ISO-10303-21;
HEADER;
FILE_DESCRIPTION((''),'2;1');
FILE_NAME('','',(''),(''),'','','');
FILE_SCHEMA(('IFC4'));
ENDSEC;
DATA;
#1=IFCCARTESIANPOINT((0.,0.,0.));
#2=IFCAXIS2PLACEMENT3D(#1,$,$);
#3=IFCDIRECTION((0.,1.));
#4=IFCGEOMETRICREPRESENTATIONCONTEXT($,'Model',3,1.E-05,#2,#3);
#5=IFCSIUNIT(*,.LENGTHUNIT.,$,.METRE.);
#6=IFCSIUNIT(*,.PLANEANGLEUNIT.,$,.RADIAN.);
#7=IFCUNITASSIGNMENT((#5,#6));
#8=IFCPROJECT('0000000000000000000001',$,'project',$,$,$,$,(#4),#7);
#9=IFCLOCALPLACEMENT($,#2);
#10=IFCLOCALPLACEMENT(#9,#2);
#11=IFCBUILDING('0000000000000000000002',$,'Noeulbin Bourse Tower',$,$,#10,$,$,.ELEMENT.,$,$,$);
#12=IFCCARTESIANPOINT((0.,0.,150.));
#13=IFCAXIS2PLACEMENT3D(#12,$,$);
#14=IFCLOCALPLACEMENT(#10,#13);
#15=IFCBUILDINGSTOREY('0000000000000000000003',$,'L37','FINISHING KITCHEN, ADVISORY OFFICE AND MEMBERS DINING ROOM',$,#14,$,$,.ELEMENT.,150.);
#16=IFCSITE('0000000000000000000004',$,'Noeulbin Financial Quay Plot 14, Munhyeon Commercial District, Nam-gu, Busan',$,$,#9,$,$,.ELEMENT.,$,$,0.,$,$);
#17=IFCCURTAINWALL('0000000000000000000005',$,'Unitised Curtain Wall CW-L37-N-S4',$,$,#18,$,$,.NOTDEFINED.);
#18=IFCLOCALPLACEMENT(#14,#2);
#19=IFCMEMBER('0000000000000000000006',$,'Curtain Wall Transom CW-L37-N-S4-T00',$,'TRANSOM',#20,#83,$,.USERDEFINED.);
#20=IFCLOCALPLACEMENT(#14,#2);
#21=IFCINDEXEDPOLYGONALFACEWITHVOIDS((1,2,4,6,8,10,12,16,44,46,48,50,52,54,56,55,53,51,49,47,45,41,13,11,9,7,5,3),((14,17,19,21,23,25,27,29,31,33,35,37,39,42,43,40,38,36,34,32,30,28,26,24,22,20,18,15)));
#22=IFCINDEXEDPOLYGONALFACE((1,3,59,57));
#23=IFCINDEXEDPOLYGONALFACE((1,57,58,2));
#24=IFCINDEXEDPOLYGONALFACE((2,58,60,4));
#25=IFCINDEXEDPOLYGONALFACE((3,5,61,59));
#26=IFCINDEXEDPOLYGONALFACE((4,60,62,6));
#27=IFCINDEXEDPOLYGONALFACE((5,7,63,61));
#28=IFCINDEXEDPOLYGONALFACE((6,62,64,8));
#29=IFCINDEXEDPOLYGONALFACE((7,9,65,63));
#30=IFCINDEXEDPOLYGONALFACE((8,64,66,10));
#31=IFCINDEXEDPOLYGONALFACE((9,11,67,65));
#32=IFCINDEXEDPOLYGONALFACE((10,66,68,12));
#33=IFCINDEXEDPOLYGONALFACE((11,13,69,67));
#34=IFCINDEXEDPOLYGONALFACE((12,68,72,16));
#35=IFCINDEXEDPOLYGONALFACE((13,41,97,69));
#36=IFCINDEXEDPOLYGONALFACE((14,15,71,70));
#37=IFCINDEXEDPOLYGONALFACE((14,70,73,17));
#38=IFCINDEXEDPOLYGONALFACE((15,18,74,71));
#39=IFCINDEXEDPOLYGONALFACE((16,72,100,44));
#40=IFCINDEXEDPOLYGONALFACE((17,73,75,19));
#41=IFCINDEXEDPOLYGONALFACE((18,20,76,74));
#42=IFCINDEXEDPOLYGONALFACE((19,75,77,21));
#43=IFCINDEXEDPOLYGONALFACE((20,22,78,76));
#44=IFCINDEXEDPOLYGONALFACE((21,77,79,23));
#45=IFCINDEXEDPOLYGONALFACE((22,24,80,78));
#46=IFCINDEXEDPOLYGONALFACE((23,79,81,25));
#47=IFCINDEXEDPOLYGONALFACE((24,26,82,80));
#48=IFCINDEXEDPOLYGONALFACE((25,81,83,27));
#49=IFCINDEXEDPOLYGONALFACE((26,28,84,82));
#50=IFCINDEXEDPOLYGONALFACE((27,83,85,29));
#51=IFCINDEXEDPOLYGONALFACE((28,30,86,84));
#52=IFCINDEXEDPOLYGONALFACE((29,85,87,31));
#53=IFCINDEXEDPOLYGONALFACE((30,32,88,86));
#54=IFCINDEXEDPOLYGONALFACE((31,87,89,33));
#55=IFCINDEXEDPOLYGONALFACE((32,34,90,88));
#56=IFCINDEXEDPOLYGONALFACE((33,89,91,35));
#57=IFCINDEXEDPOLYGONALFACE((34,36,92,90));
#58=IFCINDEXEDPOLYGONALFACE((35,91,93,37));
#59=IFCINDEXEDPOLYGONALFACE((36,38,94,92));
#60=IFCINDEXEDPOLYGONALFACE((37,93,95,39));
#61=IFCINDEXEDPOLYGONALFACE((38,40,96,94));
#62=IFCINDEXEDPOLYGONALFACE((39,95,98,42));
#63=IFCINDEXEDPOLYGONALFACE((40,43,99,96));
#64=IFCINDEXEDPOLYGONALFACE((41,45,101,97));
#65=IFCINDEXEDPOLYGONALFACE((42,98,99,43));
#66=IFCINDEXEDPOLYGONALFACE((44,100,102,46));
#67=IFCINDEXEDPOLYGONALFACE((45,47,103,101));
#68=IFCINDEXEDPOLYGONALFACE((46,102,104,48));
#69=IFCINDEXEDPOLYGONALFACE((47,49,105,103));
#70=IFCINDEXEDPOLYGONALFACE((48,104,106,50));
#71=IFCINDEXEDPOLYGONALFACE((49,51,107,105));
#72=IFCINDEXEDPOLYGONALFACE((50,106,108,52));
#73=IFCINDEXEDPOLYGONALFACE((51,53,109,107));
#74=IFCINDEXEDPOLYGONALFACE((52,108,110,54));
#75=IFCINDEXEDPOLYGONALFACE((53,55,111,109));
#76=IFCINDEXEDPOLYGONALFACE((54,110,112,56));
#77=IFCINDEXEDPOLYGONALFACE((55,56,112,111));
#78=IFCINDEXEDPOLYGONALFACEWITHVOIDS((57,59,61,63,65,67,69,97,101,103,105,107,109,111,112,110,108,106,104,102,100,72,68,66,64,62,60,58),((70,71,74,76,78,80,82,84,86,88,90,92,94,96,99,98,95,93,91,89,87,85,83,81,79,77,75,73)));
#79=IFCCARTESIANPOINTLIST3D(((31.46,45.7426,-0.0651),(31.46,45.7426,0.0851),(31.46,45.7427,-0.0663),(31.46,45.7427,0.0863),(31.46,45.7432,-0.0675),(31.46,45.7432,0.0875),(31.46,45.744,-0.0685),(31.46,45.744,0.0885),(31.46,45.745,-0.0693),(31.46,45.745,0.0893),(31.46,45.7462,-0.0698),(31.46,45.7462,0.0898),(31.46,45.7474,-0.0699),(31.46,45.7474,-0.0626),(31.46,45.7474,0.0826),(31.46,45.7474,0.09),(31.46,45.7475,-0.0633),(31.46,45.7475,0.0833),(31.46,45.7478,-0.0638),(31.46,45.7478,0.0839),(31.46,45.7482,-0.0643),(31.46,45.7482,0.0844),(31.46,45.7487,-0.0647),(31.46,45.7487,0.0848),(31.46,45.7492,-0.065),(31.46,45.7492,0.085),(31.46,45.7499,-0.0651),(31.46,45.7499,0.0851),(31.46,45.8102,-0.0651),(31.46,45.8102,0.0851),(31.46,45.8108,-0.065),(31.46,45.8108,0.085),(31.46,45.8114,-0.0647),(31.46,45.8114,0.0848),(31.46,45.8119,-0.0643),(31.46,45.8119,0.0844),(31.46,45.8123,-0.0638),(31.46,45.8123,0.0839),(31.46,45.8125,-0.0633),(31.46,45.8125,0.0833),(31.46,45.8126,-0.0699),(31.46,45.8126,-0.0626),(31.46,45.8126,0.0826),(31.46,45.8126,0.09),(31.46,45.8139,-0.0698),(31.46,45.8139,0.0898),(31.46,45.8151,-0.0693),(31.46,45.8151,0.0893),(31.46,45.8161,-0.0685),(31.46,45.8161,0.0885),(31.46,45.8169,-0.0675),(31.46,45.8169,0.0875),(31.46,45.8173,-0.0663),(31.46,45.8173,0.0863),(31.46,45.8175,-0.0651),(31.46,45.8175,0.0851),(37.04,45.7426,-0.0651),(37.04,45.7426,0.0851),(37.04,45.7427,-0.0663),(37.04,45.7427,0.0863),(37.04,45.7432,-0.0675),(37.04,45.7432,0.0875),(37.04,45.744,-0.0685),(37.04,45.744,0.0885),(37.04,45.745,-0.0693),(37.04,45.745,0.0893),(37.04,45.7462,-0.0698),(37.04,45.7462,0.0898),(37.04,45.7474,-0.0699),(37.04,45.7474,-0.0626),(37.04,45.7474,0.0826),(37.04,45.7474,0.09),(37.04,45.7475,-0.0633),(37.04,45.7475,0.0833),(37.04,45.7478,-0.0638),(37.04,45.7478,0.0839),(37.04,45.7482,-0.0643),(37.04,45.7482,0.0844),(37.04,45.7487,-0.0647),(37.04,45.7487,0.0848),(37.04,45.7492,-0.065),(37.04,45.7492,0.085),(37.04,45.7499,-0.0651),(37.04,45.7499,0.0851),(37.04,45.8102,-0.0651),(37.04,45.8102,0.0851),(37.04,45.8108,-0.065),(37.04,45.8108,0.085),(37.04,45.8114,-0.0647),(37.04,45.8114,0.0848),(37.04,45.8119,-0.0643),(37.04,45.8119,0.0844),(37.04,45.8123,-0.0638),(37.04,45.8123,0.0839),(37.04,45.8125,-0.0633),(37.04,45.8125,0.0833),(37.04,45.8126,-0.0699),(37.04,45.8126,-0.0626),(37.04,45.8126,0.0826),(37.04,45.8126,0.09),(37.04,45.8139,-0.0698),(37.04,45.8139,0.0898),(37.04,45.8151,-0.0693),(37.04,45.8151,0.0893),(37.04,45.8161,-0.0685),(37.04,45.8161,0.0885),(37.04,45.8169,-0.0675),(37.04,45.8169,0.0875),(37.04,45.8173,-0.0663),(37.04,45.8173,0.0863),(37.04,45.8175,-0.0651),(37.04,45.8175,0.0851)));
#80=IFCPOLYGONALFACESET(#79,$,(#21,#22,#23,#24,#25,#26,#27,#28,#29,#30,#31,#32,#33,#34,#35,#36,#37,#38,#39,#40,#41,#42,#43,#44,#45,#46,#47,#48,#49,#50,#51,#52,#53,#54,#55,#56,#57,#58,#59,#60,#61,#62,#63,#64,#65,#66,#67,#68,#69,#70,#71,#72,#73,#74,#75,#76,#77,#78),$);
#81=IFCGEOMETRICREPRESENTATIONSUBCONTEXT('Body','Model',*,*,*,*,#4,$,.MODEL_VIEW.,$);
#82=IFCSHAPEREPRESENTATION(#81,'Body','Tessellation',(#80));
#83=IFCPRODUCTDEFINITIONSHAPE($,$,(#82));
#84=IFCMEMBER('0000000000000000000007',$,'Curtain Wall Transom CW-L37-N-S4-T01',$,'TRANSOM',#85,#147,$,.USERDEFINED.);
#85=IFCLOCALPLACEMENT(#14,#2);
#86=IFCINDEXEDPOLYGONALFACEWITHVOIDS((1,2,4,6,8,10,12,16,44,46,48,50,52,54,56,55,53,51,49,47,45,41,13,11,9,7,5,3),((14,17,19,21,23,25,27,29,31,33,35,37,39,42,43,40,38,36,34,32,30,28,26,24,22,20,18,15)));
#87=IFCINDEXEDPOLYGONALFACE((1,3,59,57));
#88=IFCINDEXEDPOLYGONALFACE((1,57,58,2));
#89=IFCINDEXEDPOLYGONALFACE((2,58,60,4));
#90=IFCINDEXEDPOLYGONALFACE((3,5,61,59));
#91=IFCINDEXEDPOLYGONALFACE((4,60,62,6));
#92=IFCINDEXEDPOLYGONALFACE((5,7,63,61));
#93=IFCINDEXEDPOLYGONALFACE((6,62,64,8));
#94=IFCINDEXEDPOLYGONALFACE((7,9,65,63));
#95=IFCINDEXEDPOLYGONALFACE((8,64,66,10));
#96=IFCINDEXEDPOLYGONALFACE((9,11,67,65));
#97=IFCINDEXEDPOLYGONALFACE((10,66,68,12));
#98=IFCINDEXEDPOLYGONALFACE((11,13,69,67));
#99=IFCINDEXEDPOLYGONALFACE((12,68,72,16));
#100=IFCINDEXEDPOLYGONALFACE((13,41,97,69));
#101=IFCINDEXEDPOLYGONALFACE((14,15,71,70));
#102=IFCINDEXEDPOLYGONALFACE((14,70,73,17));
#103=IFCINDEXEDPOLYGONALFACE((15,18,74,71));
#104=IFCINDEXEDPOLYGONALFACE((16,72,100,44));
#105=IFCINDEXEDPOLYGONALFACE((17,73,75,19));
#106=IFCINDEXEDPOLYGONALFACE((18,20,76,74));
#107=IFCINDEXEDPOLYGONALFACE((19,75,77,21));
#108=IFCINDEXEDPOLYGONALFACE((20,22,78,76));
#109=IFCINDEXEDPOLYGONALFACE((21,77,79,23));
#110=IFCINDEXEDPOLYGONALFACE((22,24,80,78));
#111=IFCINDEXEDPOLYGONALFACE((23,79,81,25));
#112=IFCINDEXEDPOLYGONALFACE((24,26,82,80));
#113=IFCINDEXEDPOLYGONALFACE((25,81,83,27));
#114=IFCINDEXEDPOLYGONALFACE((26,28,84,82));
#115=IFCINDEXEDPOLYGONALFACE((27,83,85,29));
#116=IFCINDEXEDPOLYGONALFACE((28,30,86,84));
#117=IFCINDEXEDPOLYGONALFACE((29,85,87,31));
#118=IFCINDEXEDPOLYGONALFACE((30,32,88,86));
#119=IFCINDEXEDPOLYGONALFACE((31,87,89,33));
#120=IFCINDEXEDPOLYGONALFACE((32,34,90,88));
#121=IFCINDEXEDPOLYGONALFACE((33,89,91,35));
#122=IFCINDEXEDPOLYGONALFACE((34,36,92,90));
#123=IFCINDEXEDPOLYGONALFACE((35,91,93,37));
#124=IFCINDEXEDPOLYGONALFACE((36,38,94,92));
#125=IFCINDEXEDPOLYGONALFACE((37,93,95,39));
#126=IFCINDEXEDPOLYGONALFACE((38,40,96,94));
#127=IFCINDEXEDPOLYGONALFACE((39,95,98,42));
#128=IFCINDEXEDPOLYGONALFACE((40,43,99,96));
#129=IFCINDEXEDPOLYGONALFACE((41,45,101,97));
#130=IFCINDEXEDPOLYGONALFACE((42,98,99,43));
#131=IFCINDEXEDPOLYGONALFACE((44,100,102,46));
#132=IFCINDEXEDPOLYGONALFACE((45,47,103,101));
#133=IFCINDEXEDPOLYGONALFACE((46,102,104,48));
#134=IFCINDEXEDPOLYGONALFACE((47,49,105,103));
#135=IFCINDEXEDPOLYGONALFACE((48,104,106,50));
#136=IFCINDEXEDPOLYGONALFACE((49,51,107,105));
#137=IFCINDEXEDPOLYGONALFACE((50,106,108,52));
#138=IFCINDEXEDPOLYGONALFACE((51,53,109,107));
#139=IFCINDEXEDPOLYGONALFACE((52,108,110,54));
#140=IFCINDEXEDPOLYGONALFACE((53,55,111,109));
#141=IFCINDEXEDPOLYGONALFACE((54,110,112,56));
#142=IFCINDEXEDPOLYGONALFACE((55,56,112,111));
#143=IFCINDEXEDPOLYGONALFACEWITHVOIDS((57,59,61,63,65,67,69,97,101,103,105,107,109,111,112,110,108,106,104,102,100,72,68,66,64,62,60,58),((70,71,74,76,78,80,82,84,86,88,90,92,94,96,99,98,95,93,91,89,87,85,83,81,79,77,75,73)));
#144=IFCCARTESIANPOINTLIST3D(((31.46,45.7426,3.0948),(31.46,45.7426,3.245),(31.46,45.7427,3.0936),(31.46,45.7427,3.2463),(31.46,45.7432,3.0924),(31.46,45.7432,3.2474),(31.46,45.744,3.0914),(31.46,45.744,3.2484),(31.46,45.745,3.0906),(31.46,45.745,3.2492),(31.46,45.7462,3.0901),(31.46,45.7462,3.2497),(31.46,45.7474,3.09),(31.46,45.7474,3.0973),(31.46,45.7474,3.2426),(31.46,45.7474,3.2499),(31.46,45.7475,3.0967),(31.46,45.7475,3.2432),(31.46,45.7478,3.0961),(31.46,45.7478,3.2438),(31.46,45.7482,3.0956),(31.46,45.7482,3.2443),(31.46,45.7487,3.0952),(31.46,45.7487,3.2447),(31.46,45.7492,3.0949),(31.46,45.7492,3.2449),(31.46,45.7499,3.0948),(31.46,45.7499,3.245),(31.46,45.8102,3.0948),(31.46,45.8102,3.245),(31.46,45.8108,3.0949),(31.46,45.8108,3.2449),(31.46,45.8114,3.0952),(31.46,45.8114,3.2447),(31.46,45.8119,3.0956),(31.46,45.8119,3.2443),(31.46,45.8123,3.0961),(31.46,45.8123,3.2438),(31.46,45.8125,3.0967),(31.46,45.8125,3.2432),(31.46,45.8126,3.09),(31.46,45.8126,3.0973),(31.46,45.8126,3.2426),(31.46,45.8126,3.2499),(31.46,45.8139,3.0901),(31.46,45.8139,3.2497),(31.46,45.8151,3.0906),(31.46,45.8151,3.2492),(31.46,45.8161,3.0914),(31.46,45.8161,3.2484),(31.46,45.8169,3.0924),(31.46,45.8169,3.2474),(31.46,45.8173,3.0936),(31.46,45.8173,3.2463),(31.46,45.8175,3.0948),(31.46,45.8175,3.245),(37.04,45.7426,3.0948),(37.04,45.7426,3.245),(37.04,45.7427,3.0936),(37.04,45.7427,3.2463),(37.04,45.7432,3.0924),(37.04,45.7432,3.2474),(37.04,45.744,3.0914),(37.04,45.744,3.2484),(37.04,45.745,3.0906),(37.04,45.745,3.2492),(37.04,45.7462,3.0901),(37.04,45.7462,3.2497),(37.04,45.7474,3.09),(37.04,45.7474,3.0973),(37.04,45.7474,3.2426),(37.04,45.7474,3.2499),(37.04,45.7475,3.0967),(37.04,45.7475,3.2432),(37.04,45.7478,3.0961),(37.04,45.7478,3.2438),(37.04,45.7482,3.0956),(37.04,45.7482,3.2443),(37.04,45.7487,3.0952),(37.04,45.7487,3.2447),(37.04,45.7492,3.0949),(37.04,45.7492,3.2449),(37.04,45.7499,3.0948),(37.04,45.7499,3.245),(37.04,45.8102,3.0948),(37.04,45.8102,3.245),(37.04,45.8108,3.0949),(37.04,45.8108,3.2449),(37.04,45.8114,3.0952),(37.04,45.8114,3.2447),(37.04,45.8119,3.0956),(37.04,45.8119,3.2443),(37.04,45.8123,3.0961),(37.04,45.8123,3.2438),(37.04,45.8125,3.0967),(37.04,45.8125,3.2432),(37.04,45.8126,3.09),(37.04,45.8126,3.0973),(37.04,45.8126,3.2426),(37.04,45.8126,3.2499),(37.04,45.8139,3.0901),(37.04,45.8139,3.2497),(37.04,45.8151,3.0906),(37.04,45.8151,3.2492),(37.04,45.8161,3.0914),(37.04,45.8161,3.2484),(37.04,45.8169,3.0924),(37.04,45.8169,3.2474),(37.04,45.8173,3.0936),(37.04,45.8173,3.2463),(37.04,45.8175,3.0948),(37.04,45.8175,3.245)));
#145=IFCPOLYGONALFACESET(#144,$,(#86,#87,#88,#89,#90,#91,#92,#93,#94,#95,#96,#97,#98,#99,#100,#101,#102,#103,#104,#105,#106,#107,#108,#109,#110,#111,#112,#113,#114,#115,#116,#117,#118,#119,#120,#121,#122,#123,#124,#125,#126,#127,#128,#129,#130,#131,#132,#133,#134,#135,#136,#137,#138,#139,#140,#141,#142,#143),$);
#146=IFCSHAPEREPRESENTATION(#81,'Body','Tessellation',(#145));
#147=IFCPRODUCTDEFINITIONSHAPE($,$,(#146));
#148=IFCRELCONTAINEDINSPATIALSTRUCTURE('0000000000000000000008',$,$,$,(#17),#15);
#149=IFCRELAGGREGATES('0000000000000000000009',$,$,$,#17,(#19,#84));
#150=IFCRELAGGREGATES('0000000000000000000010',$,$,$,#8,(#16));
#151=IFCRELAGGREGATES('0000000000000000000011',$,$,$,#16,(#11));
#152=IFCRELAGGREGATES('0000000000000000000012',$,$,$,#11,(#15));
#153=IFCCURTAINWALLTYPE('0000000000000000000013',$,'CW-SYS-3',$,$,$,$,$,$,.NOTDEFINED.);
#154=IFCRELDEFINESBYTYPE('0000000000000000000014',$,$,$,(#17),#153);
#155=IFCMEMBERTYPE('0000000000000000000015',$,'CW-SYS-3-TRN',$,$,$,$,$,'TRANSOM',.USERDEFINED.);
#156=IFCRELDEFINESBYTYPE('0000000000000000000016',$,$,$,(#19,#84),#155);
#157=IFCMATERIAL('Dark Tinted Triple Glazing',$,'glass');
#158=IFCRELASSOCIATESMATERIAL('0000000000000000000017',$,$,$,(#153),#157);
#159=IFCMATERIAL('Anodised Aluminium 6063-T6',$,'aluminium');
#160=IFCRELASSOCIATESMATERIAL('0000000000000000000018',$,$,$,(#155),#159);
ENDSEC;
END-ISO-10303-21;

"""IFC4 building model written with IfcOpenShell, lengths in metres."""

from ifc_helpers import new_model, si_unit, direction, frame, origin, origin_2d, place, context, subcontext, project, spatial, hollow_rectangle, extrude, material, material_profile, profile_set, type_object, element, aggregate, save


model = new_model("IFC4")

# Units and contexts
model_context = context("Model", 3, precision=1e-05, world=origin(), true_north=direction((0.0, 1.0)))
body_context = subcontext(model_context, "Body", "Model", "MODEL_VIEW")
ifc_project = project(units=[si_unit("LENGTHUNIT", "METRE"), si_unit("PLANEANGLEUNIT", "RADIAN")], contexts=[model_context])

# Site, building, storey
site_placement = place(None, origin())
site = spatial("IfcSite", under=ifc_project, at=site_placement, Name="Noeulbin Financial Quay Plot 14, Munhyeon Commercial District, Nam-gu, Busan", CompositionType="ELEMENT", RefElevation=0.0)
building_placement = place(site_placement, origin())
building = spatial("IfcBuilding", under=site, at=building_placement, Name="Noeulbin Bourse Tower", CompositionType="ELEMENT")
storey_placement = place(building_placement, frame((0.0, 0.0, 150.0)))
storey = spatial("IfcBuildingStorey", under=building, at=storey_placement, Name="L37", Description="FINISHING KITCHEN, ADVISORY OFFICE AND MEMBERS DINING ROOM", CompositionType="ELEMENT", Elevation=150.0)

# Shared definitions
ifc_material_1 = material(Name="Dark Tinted Triple Glazing", Category="glass")
curtain_wall_type = type_object("IfcCurtainWallType", Name="CW-SYS-3", PredefinedType="NOTDEFINED", material=ifc_material_1)
ifc_material_2 = material(Name="Anodised Aluminium 6063-T6", Category="aluminium")

# Curtain wall
curtain_wall_1_placement = place(storey_placement, origin())
curtain_wall_1 = element("IfcCurtainWall", 1, at=curtain_wall_1_placement, inside=storey, type_object=curtain_wall_type, Name="Unitised Curtain Wall CW-L37-N-S4", PredefinedType="NOTDEFINED")

# Members
ifc_material_profile_1 = material_profile(ifc_material_2, hollow_rectangle(XDim=0.075, YDim=0.1599, WallThickness=0.0049, InnerFilletRadius=0.0024, OuterFilletRadius=0.0049, at=origin_2d()), Name="ALU-TRAN-75x160x5", Category="LoadBearing")
ifc_profile_set_1 = profile_set([ifc_material_profile_1], Name="Anodised Aluminium 6063-T6")
member_type_1 = type_object("IfcMemberType", Name="CW-SYS-3-TRN", ElementType="TRANSOM", PredefinedType="USERDEFINED", material=ifc_profile_set_1)
member_1_placement = place(storey_placement, frame((31.46, 45.78, 0.01), z_axis=(1.0, 0.0, 0.0), x_axis=(0.0, 1.0, 0.0)))
member_1 = element("IfcMember", 2, at=member_1_placement, type_object=member_type_1, Name="Curtain Wall Transom CW-L37-N-S4-T00", ObjectType="TRANSOM", PredefinedType="USERDEFINED", context=body_context, shape_type="SweptSolid", body=[
    extrude(hollow_rectangle(XDim=0.075, YDim=0.1599, WallThickness=0.0049, InnerFilletRadius=0.0024, OuterFilletRadius=0.0049, at=origin_2d()), origin(), (0.0, 0.0, 1.0), 5.5801),
])
member_2_placement = place(storey_placement, frame((31.46, 45.78, 3.1699), z_axis=(1.0, 0.0, 0.0), x_axis=(0.0, 1.0, 0.0)))
member_2 = element("IfcMember", 3, at=member_2_placement, type_object=member_type_1, Name="Curtain Wall Transom CW-L37-N-S4-T01", ObjectType="TRANSOM", PredefinedType="USERDEFINED", context=body_context, shape_type="SweptSolid", body=[
    extrude(hollow_rectangle(XDim=0.075, YDim=0.1599, WallThickness=0.0049, InnerFilletRadius=0.0024, OuterFilletRadius=0.0049, at=origin_2d()), origin(), (0.0, 0.0, 1.0), 5.5801),
])

aggregate(curtain_wall_1, [member_1, member_2])

save(model, "model.ifc")
